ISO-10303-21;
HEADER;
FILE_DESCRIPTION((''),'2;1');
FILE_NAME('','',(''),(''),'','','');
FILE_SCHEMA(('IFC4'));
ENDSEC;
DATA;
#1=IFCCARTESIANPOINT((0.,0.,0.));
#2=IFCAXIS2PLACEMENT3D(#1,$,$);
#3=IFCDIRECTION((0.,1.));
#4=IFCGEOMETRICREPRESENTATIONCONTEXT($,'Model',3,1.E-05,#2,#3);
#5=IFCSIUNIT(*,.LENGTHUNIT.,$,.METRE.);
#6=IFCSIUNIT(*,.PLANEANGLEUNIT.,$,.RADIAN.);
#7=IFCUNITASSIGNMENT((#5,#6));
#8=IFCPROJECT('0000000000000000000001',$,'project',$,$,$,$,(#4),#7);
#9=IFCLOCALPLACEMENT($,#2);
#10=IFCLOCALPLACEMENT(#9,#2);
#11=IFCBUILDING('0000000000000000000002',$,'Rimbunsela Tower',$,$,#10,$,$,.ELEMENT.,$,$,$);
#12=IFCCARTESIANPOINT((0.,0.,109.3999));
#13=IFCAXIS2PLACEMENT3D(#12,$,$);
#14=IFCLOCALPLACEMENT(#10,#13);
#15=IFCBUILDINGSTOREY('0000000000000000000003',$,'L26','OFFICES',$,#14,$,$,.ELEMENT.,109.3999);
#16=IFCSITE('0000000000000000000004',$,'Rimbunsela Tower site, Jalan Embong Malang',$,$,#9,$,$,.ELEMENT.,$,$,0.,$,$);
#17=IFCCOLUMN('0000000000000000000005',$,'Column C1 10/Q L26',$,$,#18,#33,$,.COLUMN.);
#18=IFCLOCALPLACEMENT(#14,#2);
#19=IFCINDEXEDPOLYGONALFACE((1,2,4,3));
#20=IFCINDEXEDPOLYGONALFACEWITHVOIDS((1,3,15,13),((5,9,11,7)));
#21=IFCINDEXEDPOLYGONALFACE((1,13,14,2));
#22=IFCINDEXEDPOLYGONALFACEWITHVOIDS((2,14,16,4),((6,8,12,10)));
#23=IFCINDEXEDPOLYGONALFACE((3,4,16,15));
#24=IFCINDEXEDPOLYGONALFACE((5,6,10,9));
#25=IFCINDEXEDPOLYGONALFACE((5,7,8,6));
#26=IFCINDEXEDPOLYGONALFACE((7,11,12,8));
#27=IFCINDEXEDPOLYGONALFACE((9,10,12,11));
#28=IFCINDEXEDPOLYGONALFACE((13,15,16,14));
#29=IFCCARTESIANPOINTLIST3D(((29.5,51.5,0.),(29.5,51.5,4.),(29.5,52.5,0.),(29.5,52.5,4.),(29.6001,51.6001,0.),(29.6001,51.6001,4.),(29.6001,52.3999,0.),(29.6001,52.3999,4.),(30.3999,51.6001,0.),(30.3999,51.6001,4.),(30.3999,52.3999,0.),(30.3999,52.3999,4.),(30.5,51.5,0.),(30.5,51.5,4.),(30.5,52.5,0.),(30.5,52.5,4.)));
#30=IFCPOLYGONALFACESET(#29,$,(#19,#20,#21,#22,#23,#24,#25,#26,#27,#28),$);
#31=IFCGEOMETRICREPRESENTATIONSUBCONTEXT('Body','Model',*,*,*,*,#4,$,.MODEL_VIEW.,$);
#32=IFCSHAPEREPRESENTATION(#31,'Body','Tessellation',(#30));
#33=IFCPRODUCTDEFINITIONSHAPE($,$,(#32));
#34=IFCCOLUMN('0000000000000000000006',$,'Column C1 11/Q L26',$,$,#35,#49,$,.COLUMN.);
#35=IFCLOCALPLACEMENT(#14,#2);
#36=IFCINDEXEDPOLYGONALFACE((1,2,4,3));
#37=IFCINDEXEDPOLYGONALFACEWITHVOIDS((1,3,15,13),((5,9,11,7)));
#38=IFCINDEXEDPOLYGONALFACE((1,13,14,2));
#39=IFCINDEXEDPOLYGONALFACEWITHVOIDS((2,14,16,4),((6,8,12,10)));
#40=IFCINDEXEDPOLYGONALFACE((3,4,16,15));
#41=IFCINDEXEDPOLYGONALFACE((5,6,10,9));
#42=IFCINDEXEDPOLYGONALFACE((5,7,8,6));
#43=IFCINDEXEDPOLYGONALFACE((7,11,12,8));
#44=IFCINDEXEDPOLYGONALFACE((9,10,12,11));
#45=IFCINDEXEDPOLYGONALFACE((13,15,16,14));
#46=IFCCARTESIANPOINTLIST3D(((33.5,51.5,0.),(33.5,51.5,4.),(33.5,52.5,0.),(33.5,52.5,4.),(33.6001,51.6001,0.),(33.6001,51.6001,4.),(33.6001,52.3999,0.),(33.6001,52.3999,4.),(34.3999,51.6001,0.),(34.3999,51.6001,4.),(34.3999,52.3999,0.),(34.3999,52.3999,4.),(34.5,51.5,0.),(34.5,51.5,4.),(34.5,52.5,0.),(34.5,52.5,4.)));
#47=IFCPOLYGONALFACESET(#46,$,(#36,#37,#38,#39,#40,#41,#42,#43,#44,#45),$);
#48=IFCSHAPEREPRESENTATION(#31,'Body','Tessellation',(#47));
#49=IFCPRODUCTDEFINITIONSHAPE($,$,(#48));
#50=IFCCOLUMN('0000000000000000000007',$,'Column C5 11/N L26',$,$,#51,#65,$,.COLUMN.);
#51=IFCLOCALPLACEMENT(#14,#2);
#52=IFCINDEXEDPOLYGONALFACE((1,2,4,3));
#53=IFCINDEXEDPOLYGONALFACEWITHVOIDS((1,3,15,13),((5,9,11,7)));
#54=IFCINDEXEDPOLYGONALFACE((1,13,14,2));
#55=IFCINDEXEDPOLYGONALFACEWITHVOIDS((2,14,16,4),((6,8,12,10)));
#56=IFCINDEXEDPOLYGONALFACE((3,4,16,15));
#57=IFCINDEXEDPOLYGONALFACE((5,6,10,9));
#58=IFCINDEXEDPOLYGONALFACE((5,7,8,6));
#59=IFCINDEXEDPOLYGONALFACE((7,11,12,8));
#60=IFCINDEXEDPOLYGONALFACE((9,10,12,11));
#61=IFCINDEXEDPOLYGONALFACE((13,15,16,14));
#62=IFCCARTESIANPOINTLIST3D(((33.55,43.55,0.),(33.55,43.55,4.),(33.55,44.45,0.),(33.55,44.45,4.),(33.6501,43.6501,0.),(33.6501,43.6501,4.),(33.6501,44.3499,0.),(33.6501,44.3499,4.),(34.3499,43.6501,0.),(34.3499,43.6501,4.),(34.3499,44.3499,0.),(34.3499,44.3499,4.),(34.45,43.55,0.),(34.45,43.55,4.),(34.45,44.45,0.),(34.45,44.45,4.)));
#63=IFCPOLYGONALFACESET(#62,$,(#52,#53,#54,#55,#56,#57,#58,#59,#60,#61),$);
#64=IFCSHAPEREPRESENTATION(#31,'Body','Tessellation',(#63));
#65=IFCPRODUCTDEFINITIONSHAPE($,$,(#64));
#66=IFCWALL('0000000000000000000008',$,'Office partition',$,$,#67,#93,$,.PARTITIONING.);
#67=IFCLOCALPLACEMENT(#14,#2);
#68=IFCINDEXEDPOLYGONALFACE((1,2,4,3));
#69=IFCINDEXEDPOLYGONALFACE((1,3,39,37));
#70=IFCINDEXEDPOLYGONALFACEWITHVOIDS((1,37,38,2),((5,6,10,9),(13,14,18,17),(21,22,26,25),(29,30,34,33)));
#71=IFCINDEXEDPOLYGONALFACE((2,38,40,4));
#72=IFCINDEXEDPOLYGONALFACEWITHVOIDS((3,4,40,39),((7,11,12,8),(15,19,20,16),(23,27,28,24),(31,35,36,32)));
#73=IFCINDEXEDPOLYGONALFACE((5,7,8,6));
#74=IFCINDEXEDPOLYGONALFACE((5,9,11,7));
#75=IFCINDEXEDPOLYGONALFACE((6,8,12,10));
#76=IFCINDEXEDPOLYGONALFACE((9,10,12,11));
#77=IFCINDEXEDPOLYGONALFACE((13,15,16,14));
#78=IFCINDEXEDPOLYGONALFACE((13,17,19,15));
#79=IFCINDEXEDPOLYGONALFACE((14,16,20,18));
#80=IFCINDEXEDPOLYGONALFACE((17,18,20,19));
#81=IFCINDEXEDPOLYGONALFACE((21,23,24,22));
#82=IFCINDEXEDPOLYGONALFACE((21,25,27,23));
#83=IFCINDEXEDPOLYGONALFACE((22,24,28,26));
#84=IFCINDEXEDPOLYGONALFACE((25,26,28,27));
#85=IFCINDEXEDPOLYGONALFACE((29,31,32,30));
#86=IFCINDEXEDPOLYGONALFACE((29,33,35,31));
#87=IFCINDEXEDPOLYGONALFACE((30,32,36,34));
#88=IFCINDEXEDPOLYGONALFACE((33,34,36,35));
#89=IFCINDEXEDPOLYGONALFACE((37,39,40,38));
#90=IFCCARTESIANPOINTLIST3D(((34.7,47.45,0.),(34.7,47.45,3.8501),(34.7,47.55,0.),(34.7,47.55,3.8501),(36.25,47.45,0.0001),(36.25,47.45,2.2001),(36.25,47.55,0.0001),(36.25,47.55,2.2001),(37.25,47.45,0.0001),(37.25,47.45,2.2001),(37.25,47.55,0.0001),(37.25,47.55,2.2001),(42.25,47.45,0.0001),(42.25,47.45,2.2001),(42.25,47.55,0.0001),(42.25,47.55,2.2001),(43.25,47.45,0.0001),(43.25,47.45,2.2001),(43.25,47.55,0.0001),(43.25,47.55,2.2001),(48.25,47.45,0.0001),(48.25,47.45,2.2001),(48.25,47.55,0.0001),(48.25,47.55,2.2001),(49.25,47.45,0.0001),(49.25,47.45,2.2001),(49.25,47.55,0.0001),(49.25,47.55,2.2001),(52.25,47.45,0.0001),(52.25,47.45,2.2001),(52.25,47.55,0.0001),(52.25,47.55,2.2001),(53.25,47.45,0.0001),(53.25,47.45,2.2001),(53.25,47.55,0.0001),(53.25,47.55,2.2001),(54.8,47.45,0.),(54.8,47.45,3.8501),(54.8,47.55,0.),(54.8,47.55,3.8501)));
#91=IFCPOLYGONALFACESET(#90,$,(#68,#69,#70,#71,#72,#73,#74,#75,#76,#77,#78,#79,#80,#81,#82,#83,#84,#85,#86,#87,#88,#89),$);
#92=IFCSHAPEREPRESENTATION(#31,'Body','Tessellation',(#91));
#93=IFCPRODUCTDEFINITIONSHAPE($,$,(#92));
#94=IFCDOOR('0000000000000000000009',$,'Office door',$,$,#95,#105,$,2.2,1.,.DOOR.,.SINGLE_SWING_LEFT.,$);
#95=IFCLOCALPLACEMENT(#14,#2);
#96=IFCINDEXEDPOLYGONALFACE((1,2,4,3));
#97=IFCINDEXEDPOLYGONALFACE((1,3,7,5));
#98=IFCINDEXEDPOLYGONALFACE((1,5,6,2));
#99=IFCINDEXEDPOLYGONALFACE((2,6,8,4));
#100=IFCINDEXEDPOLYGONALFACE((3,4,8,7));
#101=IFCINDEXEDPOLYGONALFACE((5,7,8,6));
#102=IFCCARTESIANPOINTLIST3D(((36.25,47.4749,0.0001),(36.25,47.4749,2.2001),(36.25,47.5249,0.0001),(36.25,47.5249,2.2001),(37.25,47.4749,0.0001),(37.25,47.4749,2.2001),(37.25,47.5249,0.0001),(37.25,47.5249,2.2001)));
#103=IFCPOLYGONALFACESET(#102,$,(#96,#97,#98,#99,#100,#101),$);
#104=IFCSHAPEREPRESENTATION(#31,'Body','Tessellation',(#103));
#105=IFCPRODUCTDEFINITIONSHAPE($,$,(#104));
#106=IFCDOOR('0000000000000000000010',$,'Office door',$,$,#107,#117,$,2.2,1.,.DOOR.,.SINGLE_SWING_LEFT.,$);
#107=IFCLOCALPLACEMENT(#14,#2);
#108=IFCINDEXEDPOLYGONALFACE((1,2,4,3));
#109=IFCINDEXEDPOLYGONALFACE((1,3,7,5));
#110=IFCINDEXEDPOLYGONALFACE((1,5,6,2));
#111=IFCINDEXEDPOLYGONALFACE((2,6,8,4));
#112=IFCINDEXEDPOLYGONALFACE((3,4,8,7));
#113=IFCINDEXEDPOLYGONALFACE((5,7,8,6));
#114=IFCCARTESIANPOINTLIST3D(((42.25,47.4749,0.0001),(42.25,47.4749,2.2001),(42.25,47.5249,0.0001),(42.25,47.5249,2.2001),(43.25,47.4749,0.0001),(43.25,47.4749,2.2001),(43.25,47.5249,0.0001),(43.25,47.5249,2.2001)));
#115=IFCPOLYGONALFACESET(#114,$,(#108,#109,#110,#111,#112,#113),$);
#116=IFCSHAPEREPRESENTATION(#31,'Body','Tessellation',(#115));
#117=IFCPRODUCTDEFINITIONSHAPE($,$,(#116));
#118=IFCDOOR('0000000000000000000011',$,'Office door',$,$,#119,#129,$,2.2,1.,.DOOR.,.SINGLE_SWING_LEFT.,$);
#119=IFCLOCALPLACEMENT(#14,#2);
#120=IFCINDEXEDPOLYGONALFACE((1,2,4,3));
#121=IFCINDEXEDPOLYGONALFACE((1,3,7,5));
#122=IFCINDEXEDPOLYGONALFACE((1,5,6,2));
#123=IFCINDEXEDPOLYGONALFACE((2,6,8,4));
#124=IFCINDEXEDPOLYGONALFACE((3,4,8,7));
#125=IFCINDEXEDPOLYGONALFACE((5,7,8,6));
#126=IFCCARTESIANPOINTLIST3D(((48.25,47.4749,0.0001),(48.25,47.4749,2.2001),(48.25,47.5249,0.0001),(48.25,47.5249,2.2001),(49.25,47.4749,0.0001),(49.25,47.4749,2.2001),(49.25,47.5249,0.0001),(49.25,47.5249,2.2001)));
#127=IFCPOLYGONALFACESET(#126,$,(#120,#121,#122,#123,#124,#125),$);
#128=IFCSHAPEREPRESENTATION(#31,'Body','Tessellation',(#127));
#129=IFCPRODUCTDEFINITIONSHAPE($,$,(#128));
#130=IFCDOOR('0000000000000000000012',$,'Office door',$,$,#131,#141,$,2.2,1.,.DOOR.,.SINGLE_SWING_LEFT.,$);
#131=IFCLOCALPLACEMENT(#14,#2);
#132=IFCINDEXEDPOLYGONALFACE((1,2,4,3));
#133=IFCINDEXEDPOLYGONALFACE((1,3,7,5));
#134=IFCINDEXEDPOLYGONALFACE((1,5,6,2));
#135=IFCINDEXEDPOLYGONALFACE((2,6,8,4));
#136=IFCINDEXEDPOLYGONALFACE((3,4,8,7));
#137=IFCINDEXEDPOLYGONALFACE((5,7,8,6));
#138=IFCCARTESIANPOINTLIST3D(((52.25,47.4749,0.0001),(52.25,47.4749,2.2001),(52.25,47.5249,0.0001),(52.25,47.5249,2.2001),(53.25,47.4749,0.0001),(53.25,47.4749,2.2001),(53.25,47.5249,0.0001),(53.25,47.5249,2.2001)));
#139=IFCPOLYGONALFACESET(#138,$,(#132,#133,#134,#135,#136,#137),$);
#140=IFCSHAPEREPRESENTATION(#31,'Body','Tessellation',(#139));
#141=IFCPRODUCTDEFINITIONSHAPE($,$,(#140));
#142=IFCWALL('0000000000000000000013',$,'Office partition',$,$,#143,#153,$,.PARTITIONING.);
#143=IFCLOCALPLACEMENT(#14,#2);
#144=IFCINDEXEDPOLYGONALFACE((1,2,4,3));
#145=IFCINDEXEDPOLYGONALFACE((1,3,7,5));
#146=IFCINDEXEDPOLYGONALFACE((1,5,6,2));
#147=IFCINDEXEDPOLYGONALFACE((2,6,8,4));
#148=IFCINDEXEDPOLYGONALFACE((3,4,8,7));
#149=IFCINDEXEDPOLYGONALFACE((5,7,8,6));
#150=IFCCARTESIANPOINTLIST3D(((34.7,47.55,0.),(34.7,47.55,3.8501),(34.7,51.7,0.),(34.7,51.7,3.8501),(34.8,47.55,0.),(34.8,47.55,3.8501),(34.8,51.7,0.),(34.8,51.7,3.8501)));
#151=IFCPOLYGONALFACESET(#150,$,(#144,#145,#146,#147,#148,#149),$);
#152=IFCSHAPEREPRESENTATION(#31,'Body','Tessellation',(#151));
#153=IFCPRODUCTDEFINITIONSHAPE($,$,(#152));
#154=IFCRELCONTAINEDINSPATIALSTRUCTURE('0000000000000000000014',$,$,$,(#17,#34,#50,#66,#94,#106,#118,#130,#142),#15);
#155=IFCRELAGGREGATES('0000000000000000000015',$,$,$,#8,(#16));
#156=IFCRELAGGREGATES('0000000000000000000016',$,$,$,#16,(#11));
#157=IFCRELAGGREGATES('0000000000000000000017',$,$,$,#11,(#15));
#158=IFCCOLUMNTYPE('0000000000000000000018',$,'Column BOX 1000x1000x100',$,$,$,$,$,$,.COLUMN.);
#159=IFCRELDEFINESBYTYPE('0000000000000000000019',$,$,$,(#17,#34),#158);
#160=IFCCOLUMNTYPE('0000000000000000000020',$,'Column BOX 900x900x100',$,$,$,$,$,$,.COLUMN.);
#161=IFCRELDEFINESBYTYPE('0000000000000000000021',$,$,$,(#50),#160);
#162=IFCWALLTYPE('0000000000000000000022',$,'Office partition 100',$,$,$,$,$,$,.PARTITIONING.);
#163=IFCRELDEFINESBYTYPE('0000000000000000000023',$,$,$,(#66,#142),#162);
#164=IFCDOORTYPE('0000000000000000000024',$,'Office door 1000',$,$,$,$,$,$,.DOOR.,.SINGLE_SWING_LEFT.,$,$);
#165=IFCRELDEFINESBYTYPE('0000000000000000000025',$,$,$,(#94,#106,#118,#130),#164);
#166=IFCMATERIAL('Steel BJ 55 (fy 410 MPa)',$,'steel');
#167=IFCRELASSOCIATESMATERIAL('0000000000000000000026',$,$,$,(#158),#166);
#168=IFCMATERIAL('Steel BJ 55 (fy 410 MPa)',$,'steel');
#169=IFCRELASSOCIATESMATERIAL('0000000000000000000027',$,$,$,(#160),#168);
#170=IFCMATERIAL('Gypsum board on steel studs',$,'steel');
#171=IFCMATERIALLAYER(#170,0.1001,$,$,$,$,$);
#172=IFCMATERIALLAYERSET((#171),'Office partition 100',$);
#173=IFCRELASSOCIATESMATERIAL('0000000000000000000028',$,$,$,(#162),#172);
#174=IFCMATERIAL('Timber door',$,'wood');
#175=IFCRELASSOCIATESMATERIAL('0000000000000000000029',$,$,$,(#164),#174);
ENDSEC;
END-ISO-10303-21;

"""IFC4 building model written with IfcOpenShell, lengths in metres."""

from ifc_helpers import new_model, si_unit, direction, frame, frame_2d, origin, origin_2d, place, context, subcontext, project, spatial, rectangle, hollow_rectangle, extrude, material, layer, layer_set, material_profile, profile_set, type_object, element, fill, save


model = new_model("IFC4")

# Units and contexts
model_context = context("Model", 3, precision=1e-05, world=origin(), true_north=direction((0.0, 1.0)))
body_context = subcontext(model_context, "Body", "Model", "MODEL_VIEW")
ifc_project = project(units=[si_unit("LENGTHUNIT", "METRE"), si_unit("PLANEANGLEUNIT", "RADIAN")], contexts=[model_context])

# Site, building, storey
site_placement = place(None, origin())
site = spatial("IfcSite", under=ifc_project, at=site_placement, Name="Rimbunsela Tower site, Jalan Embong Malang", CompositionType="ELEMENT", RefElevation=0.0)
building_placement = place(site_placement, origin())
building = spatial("IfcBuilding", under=site, at=building_placement, Name="Rimbunsela Tower", CompositionType="ELEMENT")
storey_placement = place(building_placement, frame((0.0, 0.0, 109.3999)))
storey = spatial("IfcBuildingStorey", under=building, at=storey_placement, Name="L26", Description="OFFICES", CompositionType="ELEMENT", Elevation=109.3999)

# Columns
ifc_material_1 = material(Name="Steel BJ 55 (fy 410 MPa)", Category="steel")
ifc_material_profile_1 = material_profile(ifc_material_1, hollow_rectangle(XDim=1.0, YDim=1.0, WallThickness=0.1001, at=origin_2d()), Name="BOX 1000x1000x100")
ifc_profile_set_1 = profile_set([ifc_material_profile_1], Name="Steel BJ 55 (fy 410 MPa)")
column_type_1 = type_object("IfcColumnType", Name="Column BOX 1000x1000x100", PredefinedType="COLUMN", material=ifc_profile_set_1)
for number, where, z_axis, x_axis, name in (
    (1, (30.0, 52.0, 0.0), (0.0, 0.0, 1.0), (1.0, 0.0, 0.0), "Column C1 10/Q L26"),
    (2, (34.0, 52.0, 0.0), (0.0, 0.0, 1.0), (1.0, 0.0, 0.0), "Column C1 11/Q L26"),
):
    element("IfcColumn", number, at=place(storey_placement, frame(where, z_axis=z_axis, x_axis=x_axis)), inside=storey, type_object=column_type_1, Name=name, PredefinedType="COLUMN", context=body_context, shape_type="SweptSolid", body=[
        extrude(hollow_rectangle(XDim=1.0, YDim=1.0, WallThickness=0.1001, at=origin_2d()), origin(), (0.0, 0.0, 1.0), 4.0),
    ])
ifc_material_2 = material(Name="Steel BJ 55 (fy 410 MPa)", Category="steel")
ifc_material_profile_2 = material_profile(ifc_material_2, hollow_rectangle(XDim=0.8999, YDim=0.8999, WallThickness=0.1001, at=origin_2d()), Name="BOX 900x900x100")
ifc_profile_set_2 = profile_set([ifc_material_profile_2], Name="Steel BJ 55 (fy 410 MPa)")
column_type_2 = type_object("IfcColumnType", Name="Column BOX 900x900x100", PredefinedType="COLUMN", material=ifc_profile_set_2)
column_placement = place(storey_placement, frame((34.0, 44.0, 0.0), z_axis=(0.0, 0.0, 1.0), x_axis=(1.0, 0.0, 0.0)))
element("IfcColumn", 3, at=column_placement, inside=storey, type_object=column_type_2, Name="Column C5 11/N L26", PredefinedType="COLUMN", context=body_context, shape_type="SweptSolid", body=[
    extrude(hollow_rectangle(XDim=0.8999, YDim=0.8999, WallThickness=0.1001, at=origin_2d()), origin(), (0.0, 0.0, 1.0), 4.0),
])

# Wall, openings, doors
ifc_material_3 = material(Name="Gypsum board on steel studs", Category="steel")
ifc_layer_1 = layer(ifc_material_3, 0.1001)
ifc_layer_set_1 = layer_set([ifc_layer_1], Name="Office partition 100")
wall_type_1 = type_object("IfcWallType", Name="Office partition 100", PredefinedType="PARTITIONING", material=ifc_layer_set_1)
wall_1_placement = place(storey_placement, frame((34.7, 47.5, 0.0), z_axis=(0.0, 0.0, 1.0), x_axis=(1.0, 0.0, 0.0)))
wall_1 = element("IfcWall", 4, at=wall_1_placement, inside=storey, type_object=wall_type_1, Name="Office partition", PredefinedType="PARTITIONING", context=body_context, shape_type="SweptSolid", body=[
    extrude(rectangle(XDim=20.1001, YDim=0.1001, at=frame_2d((10.05, 0.0))), origin(), (0.0, 0.0, 1.0), 3.8501),
])
opening_1_placement = place(wall_1_placement, frame((1.55, 0.0, 0.0)))
opening_1 = element("IfcOpeningElement", 5, at=opening_1_placement, cuts=wall_1, PredefinedType="OPENING", context=body_context, shape_type="SweptSolid", body=[
    extrude(rectangle(XDim=1.0, YDim=2.2, at=frame_2d((0.5, 1.1001))), frame((0.0, 0.0601, 0.0), z_axis=(0.0, -1.0, 0.0), x_axis=(1.0, 0.0, 0.0)), (0.0, 0.0, 1.0), 0.1201),
])
opening_2_placement = place(wall_1_placement, frame((7.55, 0.0, 0.0)))
opening_2 = element("IfcOpeningElement", 6, at=opening_2_placement, cuts=wall_1, PredefinedType="OPENING", context=body_context, shape_type="SweptSolid", body=[
    extrude(rectangle(XDim=1.0, YDim=2.2, at=frame_2d((0.5, 1.1001))), frame((0.0, 0.0601, 0.0), z_axis=(0.0, -1.0, 0.0), x_axis=(1.0, 0.0, 0.0)), (0.0, 0.0, 1.0), 0.1201),
])
opening_3_placement = place(wall_1_placement, frame((13.55, 0.0, 0.0)))
opening_3 = element("IfcOpeningElement", 7, at=opening_3_placement, cuts=wall_1, PredefinedType="OPENING", context=body_context, shape_type="SweptSolid", body=[
    extrude(rectangle(XDim=1.0, YDim=2.2, at=frame_2d((0.5, 1.1001))), frame((0.0, 0.0601, 0.0), z_axis=(0.0, -1.0, 0.0), x_axis=(1.0, 0.0, 0.0)), (0.0, 0.0, 1.0), 0.1201),
])
opening_4_placement = place(wall_1_placement, frame((17.55, 0.0, 0.0)))
opening_4 = element("IfcOpeningElement", 8, at=opening_4_placement, cuts=wall_1, PredefinedType="OPENING", context=body_context, shape_type="SweptSolid", body=[
    extrude(rectangle(XDim=1.0, YDim=2.2, at=frame_2d((0.5, 1.1001))), frame((0.0, 0.0601, 0.0), z_axis=(0.0, -1.0, 0.0), x_axis=(1.0, 0.0, 0.0)), (0.0, 0.0, 1.0), 0.1201),
])
ifc_material_4 = material(Name="Timber door", Category="wood")
door_type_1 = type_object("IfcDoorType", Name="Office door 1000", OperationType="SINGLE_SWING_LEFT", PredefinedType="DOOR", material=ifc_material_4)
door_1_placement = place(opening_1_placement, origin())
door_1 = element("IfcDoor", 9, at=door_1_placement, inside=storey, type_object=door_type_1, Name="Office door", OperationType="SINGLE_SWING_LEFT", OverallHeight=2.2, OverallWidth=1.0, PredefinedType="DOOR", context=body_context, shape_type="SweptSolid", body=[
    extrude(rectangle(XDim=1.0, YDim=2.2, at=frame_2d((0.5, 1.1001))), frame((0.0, 0.0249, 0.0), z_axis=(0.0, -1.0, 0.0), x_axis=(1.0, 0.0, 0.0)), (0.0, 0.0, 1.0), 0.05),
])
fill(opening_1, door_1)
door_2_placement = place(opening_2_placement, origin())
door_2 = element("IfcDoor", 10, at=door_2_placement, inside=storey, type_object=door_type_1, Name="Office door", OperationType="SINGLE_SWING_LEFT", OverallHeight=2.2, OverallWidth=1.0, PredefinedType="DOOR", context=body_context, shape_type="SweptSolid", body=[
    extrude(rectangle(XDim=1.0, YDim=2.2, at=frame_2d((0.5, 1.1001))), frame((0.0, 0.0249, 0.0), z_axis=(0.0, -1.0, 0.0), x_axis=(1.0, 0.0, 0.0)), (0.0, 0.0, 1.0), 0.05),
])
fill(opening_2, door_2)
door_3_placement = place(opening_3_placement, origin())
door_3 = element("IfcDoor", 11, at=door_3_placement, inside=storey, type_object=door_type_1, Name="Office door", OperationType="SINGLE_SWING_LEFT", OverallHeight=2.2, OverallWidth=1.0, PredefinedType="DOOR", context=body_context, shape_type="SweptSolid", body=[
    extrude(rectangle(XDim=1.0, YDim=2.2, at=frame_2d((0.5, 1.1001))), frame((0.0, 0.0249, 0.0), z_axis=(0.0, -1.0, 0.0), x_axis=(1.0, 0.0, 0.0)), (0.0, 0.0, 1.0), 0.05),
])
fill(opening_3, door_3)
door_4_placement = place(opening_4_placement, origin())
door_4 = element("IfcDoor", 12, at=door_4_placement, inside=storey, type_object=door_type_1, Name="Office door", OperationType="SINGLE_SWING_LEFT", OverallHeight=2.2, OverallWidth=1.0, PredefinedType="DOOR", context=body_context, shape_type="SweptSolid", body=[
    extrude(rectangle(XDim=1.0, YDim=2.2, at=frame_2d((0.5, 1.1001))), frame((0.0, 0.0249, 0.0), z_axis=(0.0, -1.0, 0.0), x_axis=(1.0, 0.0, 0.0)), (0.0, 0.0, 1.0), 0.05),
])
fill(opening_4, door_4)

# Wall
wall_2_placement = place(storey_placement, frame((34.75, 47.55, 0.0), z_axis=(0.0, 0.0, 1.0), x_axis=(0.0, 1.0, 0.0)))
element("IfcWall", 13, at=wall_2_placement, inside=storey, type_object=wall_type_1, Name="Office partition", PredefinedType="PARTITIONING", context=body_context, shape_type="SweptSolid", body=[
    extrude(rectangle(XDim=4.1499, YDim=0.1001, at=frame_2d((2.075, 0.0))), origin(), (0.0, 0.0, 1.0), 3.8501),
])

save(model, "model.ifc")
